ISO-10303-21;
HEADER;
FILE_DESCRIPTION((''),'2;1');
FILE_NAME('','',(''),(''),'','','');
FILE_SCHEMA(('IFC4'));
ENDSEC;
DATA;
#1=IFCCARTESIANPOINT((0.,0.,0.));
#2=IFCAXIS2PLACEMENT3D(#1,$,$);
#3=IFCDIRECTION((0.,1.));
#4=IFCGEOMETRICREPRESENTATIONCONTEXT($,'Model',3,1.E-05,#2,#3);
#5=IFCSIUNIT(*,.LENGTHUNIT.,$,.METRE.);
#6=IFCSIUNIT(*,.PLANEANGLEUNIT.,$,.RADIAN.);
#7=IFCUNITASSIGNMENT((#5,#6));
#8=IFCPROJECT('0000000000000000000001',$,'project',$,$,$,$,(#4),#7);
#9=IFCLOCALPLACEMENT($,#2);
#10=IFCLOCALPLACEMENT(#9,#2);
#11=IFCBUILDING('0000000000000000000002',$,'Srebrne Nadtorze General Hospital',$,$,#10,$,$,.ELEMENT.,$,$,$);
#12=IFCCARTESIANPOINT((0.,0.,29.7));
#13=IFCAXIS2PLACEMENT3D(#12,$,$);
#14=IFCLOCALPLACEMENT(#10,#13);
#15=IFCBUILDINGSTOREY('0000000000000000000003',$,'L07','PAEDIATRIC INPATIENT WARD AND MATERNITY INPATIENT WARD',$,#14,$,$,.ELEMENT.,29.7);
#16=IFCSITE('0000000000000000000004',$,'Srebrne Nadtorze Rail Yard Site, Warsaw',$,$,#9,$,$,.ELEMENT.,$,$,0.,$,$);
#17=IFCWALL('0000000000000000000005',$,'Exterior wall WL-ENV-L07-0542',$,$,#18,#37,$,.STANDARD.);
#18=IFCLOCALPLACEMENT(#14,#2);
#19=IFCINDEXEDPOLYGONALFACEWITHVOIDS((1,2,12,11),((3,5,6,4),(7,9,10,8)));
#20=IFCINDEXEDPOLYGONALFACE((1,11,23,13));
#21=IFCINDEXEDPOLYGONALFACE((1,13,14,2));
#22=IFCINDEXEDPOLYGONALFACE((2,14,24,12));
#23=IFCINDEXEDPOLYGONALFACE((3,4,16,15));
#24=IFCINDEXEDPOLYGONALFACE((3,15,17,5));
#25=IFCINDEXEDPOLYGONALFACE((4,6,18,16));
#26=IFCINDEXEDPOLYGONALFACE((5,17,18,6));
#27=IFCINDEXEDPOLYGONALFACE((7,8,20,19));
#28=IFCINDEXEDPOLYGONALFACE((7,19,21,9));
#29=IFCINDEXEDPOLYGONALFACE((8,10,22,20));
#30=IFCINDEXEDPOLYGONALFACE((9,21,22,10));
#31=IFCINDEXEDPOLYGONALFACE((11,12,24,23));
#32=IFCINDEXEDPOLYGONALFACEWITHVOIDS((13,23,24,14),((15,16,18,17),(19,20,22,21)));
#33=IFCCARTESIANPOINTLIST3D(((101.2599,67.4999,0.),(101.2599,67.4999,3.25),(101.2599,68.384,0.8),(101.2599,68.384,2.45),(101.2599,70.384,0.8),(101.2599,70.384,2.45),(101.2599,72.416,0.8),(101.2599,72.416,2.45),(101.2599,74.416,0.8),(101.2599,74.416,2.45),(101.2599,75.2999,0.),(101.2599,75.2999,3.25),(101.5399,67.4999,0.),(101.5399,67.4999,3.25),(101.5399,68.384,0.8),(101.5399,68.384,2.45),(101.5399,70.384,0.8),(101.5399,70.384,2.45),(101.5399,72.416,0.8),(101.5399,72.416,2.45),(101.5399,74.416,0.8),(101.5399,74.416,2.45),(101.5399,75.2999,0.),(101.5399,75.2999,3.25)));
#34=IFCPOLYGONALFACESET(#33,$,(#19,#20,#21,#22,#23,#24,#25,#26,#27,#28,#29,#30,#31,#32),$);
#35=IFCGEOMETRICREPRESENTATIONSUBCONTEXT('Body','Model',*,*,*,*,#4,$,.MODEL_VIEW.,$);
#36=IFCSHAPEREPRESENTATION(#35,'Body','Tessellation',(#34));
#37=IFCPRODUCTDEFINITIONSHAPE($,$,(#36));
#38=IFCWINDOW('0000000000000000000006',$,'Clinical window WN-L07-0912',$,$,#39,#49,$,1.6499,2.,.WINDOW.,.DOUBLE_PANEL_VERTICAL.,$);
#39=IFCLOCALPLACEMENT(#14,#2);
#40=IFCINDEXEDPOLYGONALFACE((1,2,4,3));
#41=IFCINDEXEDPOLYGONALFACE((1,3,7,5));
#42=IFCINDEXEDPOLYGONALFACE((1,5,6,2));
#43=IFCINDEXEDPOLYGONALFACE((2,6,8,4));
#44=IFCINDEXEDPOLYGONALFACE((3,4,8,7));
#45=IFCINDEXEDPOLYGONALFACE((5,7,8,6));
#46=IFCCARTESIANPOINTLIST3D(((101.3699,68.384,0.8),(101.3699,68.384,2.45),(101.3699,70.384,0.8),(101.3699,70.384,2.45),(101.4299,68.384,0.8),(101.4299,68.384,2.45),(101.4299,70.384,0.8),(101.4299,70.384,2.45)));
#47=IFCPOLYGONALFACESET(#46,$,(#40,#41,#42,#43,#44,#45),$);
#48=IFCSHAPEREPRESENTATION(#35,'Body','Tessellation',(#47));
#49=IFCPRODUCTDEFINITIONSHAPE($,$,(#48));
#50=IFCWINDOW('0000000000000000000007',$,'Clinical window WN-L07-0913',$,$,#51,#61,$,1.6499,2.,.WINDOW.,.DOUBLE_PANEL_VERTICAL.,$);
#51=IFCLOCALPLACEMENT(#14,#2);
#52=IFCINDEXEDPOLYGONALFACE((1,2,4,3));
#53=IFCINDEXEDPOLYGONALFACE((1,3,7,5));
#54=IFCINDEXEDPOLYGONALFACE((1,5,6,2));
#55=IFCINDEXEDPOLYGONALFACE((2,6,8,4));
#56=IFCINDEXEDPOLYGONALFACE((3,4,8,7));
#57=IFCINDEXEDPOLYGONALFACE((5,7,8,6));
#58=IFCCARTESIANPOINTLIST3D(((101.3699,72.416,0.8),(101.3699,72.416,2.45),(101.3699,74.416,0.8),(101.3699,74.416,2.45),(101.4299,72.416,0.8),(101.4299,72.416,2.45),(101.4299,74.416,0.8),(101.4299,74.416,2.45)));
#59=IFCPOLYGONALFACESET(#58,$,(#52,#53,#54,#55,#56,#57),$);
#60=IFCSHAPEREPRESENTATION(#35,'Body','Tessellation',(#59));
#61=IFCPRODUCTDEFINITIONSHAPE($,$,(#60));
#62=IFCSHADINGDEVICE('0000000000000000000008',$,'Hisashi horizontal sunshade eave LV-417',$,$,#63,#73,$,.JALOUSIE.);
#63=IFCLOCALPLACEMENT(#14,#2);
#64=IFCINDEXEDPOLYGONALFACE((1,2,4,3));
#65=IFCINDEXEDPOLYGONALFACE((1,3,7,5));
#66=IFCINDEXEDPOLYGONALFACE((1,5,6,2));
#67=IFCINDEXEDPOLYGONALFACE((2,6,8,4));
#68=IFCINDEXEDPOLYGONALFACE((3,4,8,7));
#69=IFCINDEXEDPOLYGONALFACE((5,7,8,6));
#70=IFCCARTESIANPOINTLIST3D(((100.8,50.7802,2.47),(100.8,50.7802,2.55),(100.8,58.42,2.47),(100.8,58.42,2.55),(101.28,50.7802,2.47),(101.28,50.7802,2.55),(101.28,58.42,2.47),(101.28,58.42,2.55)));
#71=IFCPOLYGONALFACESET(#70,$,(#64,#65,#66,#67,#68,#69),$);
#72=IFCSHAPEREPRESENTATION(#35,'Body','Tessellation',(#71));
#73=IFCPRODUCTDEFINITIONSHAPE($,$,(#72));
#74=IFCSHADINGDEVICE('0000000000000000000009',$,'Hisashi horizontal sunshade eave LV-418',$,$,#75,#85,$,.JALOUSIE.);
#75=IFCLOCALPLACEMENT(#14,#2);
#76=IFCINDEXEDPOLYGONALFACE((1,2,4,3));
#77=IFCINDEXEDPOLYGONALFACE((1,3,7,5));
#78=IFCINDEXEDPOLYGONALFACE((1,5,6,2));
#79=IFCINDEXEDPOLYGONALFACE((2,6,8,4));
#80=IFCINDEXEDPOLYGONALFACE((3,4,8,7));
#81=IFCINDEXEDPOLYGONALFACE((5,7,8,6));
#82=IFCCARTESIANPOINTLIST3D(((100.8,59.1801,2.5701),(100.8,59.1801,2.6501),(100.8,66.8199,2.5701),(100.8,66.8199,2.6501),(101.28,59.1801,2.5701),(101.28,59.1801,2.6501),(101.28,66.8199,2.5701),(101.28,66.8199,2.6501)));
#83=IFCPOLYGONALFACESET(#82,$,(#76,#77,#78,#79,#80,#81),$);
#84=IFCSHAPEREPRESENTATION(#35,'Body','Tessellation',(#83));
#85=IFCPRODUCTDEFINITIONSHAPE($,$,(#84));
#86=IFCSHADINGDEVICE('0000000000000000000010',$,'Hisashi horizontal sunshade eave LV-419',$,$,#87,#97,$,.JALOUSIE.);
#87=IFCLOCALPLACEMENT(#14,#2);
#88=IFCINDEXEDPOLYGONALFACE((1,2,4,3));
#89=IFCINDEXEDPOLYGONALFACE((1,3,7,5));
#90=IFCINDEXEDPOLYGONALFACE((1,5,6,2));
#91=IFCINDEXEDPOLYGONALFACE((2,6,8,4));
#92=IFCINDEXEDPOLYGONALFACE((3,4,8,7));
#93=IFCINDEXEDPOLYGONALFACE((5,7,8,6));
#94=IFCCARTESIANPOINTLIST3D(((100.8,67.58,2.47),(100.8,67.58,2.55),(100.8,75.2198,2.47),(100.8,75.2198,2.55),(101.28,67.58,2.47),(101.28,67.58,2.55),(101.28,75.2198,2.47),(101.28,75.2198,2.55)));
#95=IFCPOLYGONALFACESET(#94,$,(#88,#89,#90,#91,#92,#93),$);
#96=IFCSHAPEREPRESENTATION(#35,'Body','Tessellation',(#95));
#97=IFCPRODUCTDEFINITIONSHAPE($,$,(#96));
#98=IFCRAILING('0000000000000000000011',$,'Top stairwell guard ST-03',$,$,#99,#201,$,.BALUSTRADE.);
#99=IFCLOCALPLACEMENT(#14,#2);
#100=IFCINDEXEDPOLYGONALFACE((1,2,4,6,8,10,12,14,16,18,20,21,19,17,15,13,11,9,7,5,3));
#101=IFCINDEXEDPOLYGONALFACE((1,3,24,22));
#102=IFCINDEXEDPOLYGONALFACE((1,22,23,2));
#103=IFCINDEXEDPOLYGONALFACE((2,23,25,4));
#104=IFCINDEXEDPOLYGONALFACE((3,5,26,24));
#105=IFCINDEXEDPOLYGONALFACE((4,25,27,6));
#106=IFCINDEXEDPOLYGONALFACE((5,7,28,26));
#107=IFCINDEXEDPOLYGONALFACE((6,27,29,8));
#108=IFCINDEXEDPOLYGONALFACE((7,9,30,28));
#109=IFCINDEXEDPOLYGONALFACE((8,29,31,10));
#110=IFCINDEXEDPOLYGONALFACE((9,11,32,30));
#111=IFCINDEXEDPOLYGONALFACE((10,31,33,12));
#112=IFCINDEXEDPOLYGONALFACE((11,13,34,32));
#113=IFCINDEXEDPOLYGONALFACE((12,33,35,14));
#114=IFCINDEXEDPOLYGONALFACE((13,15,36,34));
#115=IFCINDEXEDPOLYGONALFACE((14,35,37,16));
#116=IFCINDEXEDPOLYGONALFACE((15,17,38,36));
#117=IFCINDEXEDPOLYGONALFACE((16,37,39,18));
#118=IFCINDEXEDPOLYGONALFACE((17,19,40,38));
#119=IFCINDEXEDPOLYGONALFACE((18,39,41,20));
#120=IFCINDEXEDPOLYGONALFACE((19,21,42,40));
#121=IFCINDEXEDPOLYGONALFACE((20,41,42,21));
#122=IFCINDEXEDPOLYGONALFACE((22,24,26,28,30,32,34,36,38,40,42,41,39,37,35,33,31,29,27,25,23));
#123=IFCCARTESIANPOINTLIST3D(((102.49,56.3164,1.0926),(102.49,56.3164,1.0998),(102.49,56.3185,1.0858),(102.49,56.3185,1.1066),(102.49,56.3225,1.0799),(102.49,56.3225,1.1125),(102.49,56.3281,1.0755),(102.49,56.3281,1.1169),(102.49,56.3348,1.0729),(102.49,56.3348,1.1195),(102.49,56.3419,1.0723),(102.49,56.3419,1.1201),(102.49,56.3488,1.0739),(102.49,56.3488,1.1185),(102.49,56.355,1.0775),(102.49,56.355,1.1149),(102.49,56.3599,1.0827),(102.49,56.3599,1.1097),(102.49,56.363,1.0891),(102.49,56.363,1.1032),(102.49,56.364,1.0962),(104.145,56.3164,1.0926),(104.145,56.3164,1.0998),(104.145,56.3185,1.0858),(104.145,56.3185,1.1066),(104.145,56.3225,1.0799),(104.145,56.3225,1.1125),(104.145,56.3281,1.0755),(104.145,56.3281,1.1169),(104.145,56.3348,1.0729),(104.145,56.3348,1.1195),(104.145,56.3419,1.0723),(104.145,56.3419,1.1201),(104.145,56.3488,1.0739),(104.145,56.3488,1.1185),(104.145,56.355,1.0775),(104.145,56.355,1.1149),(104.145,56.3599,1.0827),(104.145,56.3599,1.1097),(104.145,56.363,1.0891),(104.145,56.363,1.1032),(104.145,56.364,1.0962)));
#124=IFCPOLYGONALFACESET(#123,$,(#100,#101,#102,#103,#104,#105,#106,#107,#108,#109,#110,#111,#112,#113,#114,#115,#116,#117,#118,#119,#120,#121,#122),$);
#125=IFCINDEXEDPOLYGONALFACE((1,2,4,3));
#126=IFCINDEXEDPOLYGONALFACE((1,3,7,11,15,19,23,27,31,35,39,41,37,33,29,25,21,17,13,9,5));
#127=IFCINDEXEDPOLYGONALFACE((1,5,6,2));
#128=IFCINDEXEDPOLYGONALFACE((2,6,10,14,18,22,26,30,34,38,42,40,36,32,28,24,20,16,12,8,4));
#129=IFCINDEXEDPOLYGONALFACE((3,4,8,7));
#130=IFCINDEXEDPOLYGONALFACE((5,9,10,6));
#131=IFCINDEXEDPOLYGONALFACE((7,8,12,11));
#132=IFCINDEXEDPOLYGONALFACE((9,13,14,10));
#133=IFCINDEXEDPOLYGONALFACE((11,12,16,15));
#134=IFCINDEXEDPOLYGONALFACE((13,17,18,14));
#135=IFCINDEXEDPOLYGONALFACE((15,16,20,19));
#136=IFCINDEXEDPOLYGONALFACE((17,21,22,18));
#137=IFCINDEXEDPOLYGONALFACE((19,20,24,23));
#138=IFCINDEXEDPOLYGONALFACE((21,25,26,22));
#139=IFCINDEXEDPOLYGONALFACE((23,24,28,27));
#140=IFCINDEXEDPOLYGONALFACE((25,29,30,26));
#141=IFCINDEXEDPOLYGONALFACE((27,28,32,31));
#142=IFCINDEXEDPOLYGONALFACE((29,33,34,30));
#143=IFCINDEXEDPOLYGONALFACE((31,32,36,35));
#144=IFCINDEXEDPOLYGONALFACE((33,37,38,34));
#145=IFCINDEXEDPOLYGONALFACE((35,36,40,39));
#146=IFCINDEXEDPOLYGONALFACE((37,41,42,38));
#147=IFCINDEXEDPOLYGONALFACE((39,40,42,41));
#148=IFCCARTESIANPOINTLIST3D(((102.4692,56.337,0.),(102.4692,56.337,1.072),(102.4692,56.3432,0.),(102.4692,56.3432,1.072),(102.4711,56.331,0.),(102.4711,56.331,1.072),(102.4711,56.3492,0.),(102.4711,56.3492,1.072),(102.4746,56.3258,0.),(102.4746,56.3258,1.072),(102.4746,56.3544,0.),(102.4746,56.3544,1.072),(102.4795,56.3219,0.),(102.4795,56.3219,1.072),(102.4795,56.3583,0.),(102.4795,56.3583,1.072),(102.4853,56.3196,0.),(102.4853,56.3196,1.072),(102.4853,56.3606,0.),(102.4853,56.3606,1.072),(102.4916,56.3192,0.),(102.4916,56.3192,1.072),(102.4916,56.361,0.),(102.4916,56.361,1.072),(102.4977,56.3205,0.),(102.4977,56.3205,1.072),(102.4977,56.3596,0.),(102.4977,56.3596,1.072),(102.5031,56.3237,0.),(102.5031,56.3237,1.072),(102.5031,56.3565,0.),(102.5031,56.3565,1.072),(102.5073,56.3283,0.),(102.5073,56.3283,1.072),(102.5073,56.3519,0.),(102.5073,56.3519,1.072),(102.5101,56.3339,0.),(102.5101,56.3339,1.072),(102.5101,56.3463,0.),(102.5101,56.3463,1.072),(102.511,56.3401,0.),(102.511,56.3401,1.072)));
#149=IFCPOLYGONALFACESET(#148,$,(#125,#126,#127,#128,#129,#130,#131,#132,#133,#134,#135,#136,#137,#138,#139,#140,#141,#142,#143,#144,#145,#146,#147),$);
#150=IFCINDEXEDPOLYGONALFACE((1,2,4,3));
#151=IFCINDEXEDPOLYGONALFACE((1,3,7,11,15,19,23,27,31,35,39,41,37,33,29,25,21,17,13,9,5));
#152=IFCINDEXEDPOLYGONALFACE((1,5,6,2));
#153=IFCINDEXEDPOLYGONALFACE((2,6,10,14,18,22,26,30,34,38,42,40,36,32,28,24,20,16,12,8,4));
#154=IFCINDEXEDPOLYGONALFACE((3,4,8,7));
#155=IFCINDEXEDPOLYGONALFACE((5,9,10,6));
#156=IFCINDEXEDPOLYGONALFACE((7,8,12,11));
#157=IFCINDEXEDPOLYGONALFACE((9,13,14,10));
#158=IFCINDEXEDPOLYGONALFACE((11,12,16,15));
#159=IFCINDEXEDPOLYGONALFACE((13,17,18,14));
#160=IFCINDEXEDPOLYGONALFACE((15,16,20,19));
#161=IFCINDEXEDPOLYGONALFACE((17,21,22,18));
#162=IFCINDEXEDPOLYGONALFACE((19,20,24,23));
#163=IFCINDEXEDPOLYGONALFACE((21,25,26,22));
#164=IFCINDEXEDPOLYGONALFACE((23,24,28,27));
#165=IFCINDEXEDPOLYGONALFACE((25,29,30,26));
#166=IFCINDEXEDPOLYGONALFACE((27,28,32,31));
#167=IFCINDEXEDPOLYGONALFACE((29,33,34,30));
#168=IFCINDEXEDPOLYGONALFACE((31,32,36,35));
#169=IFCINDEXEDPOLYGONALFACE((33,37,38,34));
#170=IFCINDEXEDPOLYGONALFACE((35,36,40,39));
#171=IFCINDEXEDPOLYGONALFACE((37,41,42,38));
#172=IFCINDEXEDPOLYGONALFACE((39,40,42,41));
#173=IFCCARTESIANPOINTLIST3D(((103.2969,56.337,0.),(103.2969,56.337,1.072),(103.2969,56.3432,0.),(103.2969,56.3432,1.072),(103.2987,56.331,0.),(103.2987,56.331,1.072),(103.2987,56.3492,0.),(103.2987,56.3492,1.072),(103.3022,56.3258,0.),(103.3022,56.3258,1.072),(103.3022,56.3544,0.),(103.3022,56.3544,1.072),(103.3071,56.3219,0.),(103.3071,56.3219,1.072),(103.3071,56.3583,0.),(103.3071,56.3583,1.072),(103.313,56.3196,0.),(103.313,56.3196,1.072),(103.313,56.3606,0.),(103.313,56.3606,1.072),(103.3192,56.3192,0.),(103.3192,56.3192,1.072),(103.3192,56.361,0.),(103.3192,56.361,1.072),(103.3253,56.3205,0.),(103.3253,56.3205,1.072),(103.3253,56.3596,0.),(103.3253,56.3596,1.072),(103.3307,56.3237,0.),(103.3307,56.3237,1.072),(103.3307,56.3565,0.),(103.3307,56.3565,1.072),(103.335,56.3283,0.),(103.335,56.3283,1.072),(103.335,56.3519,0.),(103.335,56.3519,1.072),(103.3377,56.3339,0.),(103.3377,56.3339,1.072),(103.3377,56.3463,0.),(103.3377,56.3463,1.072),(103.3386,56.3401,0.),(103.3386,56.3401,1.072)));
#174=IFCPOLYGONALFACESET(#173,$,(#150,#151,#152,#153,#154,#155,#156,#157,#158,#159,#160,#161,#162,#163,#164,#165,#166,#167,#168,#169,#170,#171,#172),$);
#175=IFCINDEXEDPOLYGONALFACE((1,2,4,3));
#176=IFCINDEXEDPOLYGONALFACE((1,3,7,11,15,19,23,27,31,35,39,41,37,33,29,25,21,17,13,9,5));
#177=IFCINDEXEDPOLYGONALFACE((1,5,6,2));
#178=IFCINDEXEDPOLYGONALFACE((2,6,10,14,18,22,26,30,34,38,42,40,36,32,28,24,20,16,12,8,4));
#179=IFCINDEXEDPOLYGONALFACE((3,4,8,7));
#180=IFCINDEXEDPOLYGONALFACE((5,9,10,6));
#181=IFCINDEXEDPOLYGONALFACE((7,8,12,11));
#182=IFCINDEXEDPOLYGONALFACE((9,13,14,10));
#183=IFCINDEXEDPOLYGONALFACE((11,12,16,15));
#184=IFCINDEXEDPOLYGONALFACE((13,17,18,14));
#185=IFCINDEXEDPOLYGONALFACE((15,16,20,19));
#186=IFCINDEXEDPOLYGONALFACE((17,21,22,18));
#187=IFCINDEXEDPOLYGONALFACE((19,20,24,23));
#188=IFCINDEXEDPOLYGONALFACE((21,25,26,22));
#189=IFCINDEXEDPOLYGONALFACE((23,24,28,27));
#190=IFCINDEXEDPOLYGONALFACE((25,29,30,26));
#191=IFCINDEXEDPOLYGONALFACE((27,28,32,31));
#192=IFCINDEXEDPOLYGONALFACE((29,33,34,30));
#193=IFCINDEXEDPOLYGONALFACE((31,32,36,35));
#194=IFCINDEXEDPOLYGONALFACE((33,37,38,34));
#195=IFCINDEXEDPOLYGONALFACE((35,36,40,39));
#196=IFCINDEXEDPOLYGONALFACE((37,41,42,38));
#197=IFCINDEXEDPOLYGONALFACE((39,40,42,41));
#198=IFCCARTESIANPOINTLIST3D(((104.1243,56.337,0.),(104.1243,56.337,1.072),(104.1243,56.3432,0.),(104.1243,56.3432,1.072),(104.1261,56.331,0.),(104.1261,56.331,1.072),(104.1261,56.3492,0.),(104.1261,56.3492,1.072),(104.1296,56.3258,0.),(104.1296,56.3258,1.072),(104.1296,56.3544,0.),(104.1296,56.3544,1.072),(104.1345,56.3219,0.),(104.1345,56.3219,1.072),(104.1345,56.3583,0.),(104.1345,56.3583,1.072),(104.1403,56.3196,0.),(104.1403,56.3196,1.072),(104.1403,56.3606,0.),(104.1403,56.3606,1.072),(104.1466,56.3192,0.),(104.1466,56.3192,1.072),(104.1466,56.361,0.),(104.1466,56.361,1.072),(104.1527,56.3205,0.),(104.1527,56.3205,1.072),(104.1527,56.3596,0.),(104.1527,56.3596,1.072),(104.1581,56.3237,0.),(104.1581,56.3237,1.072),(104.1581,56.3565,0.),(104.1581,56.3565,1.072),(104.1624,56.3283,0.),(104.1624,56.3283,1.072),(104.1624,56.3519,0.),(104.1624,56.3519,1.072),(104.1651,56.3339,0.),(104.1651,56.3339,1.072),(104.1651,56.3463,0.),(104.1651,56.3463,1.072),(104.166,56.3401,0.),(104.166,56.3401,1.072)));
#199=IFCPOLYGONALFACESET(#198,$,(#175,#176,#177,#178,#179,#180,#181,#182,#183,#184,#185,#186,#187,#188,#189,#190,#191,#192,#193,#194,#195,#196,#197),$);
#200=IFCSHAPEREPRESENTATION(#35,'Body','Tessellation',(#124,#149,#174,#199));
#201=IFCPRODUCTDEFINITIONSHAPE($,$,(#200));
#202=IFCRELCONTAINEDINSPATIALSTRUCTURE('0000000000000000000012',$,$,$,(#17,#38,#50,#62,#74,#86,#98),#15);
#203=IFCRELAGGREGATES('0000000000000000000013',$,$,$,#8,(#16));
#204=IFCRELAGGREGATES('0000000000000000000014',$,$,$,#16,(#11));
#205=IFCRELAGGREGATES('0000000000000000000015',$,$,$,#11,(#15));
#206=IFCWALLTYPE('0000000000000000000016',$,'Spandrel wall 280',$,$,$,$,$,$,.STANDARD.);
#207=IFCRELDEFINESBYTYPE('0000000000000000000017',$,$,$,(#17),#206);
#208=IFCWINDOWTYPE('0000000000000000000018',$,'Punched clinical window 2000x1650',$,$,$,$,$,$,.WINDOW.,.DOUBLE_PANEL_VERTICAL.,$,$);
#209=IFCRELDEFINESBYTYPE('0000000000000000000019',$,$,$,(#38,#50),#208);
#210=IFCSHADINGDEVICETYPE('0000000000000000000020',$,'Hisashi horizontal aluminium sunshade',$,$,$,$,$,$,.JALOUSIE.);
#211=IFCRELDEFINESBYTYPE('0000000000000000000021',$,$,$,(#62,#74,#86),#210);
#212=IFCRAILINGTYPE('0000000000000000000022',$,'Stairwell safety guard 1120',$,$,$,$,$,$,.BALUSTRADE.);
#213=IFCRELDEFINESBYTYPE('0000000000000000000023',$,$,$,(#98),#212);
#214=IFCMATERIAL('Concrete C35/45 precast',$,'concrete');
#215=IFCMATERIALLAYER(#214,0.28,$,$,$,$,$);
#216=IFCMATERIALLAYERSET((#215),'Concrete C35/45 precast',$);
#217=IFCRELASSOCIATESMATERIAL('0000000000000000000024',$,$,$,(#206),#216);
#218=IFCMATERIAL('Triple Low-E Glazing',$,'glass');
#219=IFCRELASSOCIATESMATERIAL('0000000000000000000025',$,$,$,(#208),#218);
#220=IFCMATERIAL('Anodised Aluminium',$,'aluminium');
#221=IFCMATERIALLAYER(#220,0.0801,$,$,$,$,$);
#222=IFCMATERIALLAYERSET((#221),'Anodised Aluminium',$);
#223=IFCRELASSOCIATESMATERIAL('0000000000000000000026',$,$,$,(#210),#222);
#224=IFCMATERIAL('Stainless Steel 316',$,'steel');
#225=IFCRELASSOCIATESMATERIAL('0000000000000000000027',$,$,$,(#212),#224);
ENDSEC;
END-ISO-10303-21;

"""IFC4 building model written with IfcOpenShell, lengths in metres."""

from ifc_helpers import new_model, si_unit, direction, frame, frame_2d, origin, origin_2d, place, context, subcontext, project, spatial, rectangle, circle, extrude, material, layer, layer_set, type_object, element, fill, save


model = new_model("IFC4")

# Units and contexts
model_context = context("Model", 3, precision=1e-05, world=origin(), true_north=direction((0.0, 1.0)))
body_context = subcontext(model_context, "Body", "Model", "MODEL_VIEW")
ifc_project = project(units=[si_unit("LENGTHUNIT", "METRE"), si_unit("PLANEANGLEUNIT", "RADIAN")], contexts=[model_context])

# Site, building, storey
site_placement = place(None, origin())
site = spatial("IfcSite", under=ifc_project, at=site_placement, Name="Srebrne Nadtorze Rail Yard Site, Warsaw", CompositionType="ELEMENT", RefElevation=0.0)
building_placement = place(site_placement, origin())
building = spatial("IfcBuilding", under=site, at=building_placement, Name="Srebrne Nadtorze General Hospital", CompositionType="ELEMENT")
storey_placement = place(building_placement, frame((0.0, 0.0, 29.7)))
storey = spatial("IfcBuildingStorey", under=building, at=storey_placement, Name="L07", Description="PAEDIATRIC INPATIENT WARD AND MATERNITY INPATIENT WARD", CompositionType="ELEMENT", Elevation=29.7)

# Wall, openings, windows
ifc_material_1 = material(Name="Concrete C35/45 precast", Category="concrete")
ifc_layer_1 = layer(ifc_material_1, 0.28)
ifc_layer_set_1 = layer_set([ifc_layer_1], Name="Concrete C35/45 precast")
wall_type_1 = type_object("IfcWallType", Name="Spandrel wall 280", PredefinedType="STANDARD", material=ifc_layer_set_1)
wall_1_placement = place(storey_placement, frame((101.3999, 67.5, 0.0), z_axis=(0.0, 0.0, 1.0), x_axis=(0.0, 1.0, 0.0)))
wall_1 = element("IfcWall", 1, at=wall_1_placement, inside=storey, type_object=wall_type_1, Name="Exterior wall WL-ENV-L07-0542", PredefinedType="STANDARD", context=body_context, shape_type="SweptSolid", body=[
    extrude(rectangle(XDim=7.8, YDim=0.28, at=frame_2d((3.8999, 0.0))), origin(), (0.0, 0.0, 1.0), 3.25),
])
opening_1_placement = place(wall_1_placement, frame((0.884, 0.0, 0.8)))
opening_1 = element("IfcOpeningElement", 2, at=opening_1_placement, cuts=wall_1, PredefinedType="OPENING", context=body_context, shape_type="SweptSolid", body=[
    extrude(rectangle(XDim=2.0, YDim=1.6499, at=frame_2d((1.0, 0.825))), frame((0.0, 0.1519, 0.0), z_axis=(0.0, -1.0, 0.0), x_axis=(1.0, 0.0, 0.0)), (0.0, 0.0, 1.0), 0.304),
])
opening_2_placement = place(wall_1_placement, frame((4.916, 0.0, 0.8)))
opening_2 = element("IfcOpeningElement", 3, at=opening_2_placement, cuts=wall_1, PredefinedType="OPENING", context=body_context, shape_type="SweptSolid", body=[
    extrude(rectangle(XDim=2.0, YDim=1.6499, at=frame_2d((1.0, 0.825))), frame((0.0, 0.1519, 0.0), z_axis=(0.0, -1.0, 0.0), x_axis=(1.0, 0.0, 0.0)), (0.0, 0.0, 1.0), 0.304),
])
ifc_material_2 = material(Name="Triple Low-E Glazing", Category="glass")
window_type_1 = type_object("IfcWindowType", Name="Punched clinical window 2000x1650", PartitioningType="DOUBLE_PANEL_VERTICAL", PredefinedType="WINDOW", material=ifc_material_2)
window_1_placement = place(opening_1_placement, origin())
window_1 = element("IfcWindow", 4, at=window_1_placement, inside=storey, type_object=window_type_1, Name="Clinical window WN-L07-0912", OverallHeight=1.6499, OverallWidth=2.0, PartitioningType="DOUBLE_PANEL_VERTICAL", PredefinedType="WINDOW", context=body_context, shape_type="SweptSolid", body=[
    extrude(rectangle(XDim=2.0, YDim=1.6499, at=frame_2d((1.0, 0.825))), frame((0.0, 0.03, 0.0), z_axis=(0.0, -1.0, 0.0), x_axis=(1.0, 0.0, 0.0)), (0.0, 0.0, 1.0), 0.0601),
])
fill(opening_1, window_1)
window_2_placement = place(opening_2_placement, origin())
window_2 = element("IfcWindow", 5, at=window_2_placement, inside=storey, type_object=window_type_1, Name="Clinical window WN-L07-0913", OverallHeight=1.6499, OverallWidth=2.0, PartitioningType="DOUBLE_PANEL_VERTICAL", PredefinedType="WINDOW", context=body_context, shape_type="SweptSolid", body=[
    extrude(rectangle(XDim=2.0, YDim=1.6499, at=frame_2d((1.0, 0.825))), frame((0.0, 0.03, 0.0), z_axis=(0.0, -1.0, 0.0), x_axis=(1.0, 0.0, 0.0)), (0.0, 0.0, 1.0), 0.0601),
])
fill(opening_2, window_2)

# Shading devices
ifc_material_3 = material(Name="Anodised Aluminium", Category="aluminium")
ifc_layer_2 = layer(ifc_material_3, 0.0801)
ifc_layer_set_2 = layer_set([ifc_layer_2], Name="Anodised Aluminium")
shading_device_type = type_object("IfcShadingDeviceType", Name="Hisashi horizontal aluminium sunshade", PredefinedType="JALOUSIE", material=ifc_layer_set_2)
for number, where, z_axis, x_axis, name in (
    (6, (101.04, 54.6001, 2.47), (0.0, 0.0, 1.0), (1.0, 0.0, 0.0), "Hisashi horizontal sunshade eave LV-417"),
    (7, (101.04, 63.0, 2.5701), (0.0, 0.0, 1.0), (1.0, 0.0, 0.0), "Hisashi horizontal sunshade eave LV-418"),
    (8, (101.04, 71.3999, 2.47), (0.0, 0.0, 1.0), (1.0, 0.0, 0.0), "Hisashi horizontal sunshade eave LV-419"),
):
    element("IfcShadingDevice", number, at=place(storey_placement, frame(where, z_axis=z_axis, x_axis=x_axis)), inside=storey, type_object=shading_device_type, Name=name, PredefinedType="JALOUSIE", context=body_context, shape_type="SweptSolid", body=[
        extrude(rectangle(XDim=0.48, YDim=7.6399, at=origin_2d()), origin(), (0.0, 0.0, 1.0), 0.0801),
    ])

# Railing
ifc_material_4 = material(Name="Stainless Steel 316", Category="steel")
railing_type = type_object("IfcRailingType", Name="Stairwell safety guard 1120", PredefinedType="BALUSTRADE", material=ifc_material_4)
railing_placement = place(storey_placement, frame((102.49, 56.3401, 0.0)))
element("IfcRailing", 9, at=railing_placement, inside=storey, type_object=railing_type, Name="Top stairwell guard ST-03", PredefinedType="BALUSTRADE", context=body_context, shape_type="SweptSolid", body=[
    extrude(circle(Radius=0.0239, at=origin_2d()), frame((0.0, 0.0, 1.0962), z_axis=(1.0, 0.0, 0.0), x_axis=(0.0, 1.0, 0.0)), (0.0, 0.0, 1.0), 1.655),
    extrude(circle(Radius=0.021, at=origin_2d()), origin(), (0.0, 0.0, 1.0), 1.072),
    extrude(circle(Radius=0.021, at=origin_2d()), frame((0.8276, 0.0, 0.0)), (0.0, 0.0, 1.0), 1.072),
    extrude(circle(Radius=0.021, at=origin_2d()), frame((1.655, 0.0, 0.0)), (0.0, 0.0, 1.0), 1.072),
])

save(model, "model.ifc")
